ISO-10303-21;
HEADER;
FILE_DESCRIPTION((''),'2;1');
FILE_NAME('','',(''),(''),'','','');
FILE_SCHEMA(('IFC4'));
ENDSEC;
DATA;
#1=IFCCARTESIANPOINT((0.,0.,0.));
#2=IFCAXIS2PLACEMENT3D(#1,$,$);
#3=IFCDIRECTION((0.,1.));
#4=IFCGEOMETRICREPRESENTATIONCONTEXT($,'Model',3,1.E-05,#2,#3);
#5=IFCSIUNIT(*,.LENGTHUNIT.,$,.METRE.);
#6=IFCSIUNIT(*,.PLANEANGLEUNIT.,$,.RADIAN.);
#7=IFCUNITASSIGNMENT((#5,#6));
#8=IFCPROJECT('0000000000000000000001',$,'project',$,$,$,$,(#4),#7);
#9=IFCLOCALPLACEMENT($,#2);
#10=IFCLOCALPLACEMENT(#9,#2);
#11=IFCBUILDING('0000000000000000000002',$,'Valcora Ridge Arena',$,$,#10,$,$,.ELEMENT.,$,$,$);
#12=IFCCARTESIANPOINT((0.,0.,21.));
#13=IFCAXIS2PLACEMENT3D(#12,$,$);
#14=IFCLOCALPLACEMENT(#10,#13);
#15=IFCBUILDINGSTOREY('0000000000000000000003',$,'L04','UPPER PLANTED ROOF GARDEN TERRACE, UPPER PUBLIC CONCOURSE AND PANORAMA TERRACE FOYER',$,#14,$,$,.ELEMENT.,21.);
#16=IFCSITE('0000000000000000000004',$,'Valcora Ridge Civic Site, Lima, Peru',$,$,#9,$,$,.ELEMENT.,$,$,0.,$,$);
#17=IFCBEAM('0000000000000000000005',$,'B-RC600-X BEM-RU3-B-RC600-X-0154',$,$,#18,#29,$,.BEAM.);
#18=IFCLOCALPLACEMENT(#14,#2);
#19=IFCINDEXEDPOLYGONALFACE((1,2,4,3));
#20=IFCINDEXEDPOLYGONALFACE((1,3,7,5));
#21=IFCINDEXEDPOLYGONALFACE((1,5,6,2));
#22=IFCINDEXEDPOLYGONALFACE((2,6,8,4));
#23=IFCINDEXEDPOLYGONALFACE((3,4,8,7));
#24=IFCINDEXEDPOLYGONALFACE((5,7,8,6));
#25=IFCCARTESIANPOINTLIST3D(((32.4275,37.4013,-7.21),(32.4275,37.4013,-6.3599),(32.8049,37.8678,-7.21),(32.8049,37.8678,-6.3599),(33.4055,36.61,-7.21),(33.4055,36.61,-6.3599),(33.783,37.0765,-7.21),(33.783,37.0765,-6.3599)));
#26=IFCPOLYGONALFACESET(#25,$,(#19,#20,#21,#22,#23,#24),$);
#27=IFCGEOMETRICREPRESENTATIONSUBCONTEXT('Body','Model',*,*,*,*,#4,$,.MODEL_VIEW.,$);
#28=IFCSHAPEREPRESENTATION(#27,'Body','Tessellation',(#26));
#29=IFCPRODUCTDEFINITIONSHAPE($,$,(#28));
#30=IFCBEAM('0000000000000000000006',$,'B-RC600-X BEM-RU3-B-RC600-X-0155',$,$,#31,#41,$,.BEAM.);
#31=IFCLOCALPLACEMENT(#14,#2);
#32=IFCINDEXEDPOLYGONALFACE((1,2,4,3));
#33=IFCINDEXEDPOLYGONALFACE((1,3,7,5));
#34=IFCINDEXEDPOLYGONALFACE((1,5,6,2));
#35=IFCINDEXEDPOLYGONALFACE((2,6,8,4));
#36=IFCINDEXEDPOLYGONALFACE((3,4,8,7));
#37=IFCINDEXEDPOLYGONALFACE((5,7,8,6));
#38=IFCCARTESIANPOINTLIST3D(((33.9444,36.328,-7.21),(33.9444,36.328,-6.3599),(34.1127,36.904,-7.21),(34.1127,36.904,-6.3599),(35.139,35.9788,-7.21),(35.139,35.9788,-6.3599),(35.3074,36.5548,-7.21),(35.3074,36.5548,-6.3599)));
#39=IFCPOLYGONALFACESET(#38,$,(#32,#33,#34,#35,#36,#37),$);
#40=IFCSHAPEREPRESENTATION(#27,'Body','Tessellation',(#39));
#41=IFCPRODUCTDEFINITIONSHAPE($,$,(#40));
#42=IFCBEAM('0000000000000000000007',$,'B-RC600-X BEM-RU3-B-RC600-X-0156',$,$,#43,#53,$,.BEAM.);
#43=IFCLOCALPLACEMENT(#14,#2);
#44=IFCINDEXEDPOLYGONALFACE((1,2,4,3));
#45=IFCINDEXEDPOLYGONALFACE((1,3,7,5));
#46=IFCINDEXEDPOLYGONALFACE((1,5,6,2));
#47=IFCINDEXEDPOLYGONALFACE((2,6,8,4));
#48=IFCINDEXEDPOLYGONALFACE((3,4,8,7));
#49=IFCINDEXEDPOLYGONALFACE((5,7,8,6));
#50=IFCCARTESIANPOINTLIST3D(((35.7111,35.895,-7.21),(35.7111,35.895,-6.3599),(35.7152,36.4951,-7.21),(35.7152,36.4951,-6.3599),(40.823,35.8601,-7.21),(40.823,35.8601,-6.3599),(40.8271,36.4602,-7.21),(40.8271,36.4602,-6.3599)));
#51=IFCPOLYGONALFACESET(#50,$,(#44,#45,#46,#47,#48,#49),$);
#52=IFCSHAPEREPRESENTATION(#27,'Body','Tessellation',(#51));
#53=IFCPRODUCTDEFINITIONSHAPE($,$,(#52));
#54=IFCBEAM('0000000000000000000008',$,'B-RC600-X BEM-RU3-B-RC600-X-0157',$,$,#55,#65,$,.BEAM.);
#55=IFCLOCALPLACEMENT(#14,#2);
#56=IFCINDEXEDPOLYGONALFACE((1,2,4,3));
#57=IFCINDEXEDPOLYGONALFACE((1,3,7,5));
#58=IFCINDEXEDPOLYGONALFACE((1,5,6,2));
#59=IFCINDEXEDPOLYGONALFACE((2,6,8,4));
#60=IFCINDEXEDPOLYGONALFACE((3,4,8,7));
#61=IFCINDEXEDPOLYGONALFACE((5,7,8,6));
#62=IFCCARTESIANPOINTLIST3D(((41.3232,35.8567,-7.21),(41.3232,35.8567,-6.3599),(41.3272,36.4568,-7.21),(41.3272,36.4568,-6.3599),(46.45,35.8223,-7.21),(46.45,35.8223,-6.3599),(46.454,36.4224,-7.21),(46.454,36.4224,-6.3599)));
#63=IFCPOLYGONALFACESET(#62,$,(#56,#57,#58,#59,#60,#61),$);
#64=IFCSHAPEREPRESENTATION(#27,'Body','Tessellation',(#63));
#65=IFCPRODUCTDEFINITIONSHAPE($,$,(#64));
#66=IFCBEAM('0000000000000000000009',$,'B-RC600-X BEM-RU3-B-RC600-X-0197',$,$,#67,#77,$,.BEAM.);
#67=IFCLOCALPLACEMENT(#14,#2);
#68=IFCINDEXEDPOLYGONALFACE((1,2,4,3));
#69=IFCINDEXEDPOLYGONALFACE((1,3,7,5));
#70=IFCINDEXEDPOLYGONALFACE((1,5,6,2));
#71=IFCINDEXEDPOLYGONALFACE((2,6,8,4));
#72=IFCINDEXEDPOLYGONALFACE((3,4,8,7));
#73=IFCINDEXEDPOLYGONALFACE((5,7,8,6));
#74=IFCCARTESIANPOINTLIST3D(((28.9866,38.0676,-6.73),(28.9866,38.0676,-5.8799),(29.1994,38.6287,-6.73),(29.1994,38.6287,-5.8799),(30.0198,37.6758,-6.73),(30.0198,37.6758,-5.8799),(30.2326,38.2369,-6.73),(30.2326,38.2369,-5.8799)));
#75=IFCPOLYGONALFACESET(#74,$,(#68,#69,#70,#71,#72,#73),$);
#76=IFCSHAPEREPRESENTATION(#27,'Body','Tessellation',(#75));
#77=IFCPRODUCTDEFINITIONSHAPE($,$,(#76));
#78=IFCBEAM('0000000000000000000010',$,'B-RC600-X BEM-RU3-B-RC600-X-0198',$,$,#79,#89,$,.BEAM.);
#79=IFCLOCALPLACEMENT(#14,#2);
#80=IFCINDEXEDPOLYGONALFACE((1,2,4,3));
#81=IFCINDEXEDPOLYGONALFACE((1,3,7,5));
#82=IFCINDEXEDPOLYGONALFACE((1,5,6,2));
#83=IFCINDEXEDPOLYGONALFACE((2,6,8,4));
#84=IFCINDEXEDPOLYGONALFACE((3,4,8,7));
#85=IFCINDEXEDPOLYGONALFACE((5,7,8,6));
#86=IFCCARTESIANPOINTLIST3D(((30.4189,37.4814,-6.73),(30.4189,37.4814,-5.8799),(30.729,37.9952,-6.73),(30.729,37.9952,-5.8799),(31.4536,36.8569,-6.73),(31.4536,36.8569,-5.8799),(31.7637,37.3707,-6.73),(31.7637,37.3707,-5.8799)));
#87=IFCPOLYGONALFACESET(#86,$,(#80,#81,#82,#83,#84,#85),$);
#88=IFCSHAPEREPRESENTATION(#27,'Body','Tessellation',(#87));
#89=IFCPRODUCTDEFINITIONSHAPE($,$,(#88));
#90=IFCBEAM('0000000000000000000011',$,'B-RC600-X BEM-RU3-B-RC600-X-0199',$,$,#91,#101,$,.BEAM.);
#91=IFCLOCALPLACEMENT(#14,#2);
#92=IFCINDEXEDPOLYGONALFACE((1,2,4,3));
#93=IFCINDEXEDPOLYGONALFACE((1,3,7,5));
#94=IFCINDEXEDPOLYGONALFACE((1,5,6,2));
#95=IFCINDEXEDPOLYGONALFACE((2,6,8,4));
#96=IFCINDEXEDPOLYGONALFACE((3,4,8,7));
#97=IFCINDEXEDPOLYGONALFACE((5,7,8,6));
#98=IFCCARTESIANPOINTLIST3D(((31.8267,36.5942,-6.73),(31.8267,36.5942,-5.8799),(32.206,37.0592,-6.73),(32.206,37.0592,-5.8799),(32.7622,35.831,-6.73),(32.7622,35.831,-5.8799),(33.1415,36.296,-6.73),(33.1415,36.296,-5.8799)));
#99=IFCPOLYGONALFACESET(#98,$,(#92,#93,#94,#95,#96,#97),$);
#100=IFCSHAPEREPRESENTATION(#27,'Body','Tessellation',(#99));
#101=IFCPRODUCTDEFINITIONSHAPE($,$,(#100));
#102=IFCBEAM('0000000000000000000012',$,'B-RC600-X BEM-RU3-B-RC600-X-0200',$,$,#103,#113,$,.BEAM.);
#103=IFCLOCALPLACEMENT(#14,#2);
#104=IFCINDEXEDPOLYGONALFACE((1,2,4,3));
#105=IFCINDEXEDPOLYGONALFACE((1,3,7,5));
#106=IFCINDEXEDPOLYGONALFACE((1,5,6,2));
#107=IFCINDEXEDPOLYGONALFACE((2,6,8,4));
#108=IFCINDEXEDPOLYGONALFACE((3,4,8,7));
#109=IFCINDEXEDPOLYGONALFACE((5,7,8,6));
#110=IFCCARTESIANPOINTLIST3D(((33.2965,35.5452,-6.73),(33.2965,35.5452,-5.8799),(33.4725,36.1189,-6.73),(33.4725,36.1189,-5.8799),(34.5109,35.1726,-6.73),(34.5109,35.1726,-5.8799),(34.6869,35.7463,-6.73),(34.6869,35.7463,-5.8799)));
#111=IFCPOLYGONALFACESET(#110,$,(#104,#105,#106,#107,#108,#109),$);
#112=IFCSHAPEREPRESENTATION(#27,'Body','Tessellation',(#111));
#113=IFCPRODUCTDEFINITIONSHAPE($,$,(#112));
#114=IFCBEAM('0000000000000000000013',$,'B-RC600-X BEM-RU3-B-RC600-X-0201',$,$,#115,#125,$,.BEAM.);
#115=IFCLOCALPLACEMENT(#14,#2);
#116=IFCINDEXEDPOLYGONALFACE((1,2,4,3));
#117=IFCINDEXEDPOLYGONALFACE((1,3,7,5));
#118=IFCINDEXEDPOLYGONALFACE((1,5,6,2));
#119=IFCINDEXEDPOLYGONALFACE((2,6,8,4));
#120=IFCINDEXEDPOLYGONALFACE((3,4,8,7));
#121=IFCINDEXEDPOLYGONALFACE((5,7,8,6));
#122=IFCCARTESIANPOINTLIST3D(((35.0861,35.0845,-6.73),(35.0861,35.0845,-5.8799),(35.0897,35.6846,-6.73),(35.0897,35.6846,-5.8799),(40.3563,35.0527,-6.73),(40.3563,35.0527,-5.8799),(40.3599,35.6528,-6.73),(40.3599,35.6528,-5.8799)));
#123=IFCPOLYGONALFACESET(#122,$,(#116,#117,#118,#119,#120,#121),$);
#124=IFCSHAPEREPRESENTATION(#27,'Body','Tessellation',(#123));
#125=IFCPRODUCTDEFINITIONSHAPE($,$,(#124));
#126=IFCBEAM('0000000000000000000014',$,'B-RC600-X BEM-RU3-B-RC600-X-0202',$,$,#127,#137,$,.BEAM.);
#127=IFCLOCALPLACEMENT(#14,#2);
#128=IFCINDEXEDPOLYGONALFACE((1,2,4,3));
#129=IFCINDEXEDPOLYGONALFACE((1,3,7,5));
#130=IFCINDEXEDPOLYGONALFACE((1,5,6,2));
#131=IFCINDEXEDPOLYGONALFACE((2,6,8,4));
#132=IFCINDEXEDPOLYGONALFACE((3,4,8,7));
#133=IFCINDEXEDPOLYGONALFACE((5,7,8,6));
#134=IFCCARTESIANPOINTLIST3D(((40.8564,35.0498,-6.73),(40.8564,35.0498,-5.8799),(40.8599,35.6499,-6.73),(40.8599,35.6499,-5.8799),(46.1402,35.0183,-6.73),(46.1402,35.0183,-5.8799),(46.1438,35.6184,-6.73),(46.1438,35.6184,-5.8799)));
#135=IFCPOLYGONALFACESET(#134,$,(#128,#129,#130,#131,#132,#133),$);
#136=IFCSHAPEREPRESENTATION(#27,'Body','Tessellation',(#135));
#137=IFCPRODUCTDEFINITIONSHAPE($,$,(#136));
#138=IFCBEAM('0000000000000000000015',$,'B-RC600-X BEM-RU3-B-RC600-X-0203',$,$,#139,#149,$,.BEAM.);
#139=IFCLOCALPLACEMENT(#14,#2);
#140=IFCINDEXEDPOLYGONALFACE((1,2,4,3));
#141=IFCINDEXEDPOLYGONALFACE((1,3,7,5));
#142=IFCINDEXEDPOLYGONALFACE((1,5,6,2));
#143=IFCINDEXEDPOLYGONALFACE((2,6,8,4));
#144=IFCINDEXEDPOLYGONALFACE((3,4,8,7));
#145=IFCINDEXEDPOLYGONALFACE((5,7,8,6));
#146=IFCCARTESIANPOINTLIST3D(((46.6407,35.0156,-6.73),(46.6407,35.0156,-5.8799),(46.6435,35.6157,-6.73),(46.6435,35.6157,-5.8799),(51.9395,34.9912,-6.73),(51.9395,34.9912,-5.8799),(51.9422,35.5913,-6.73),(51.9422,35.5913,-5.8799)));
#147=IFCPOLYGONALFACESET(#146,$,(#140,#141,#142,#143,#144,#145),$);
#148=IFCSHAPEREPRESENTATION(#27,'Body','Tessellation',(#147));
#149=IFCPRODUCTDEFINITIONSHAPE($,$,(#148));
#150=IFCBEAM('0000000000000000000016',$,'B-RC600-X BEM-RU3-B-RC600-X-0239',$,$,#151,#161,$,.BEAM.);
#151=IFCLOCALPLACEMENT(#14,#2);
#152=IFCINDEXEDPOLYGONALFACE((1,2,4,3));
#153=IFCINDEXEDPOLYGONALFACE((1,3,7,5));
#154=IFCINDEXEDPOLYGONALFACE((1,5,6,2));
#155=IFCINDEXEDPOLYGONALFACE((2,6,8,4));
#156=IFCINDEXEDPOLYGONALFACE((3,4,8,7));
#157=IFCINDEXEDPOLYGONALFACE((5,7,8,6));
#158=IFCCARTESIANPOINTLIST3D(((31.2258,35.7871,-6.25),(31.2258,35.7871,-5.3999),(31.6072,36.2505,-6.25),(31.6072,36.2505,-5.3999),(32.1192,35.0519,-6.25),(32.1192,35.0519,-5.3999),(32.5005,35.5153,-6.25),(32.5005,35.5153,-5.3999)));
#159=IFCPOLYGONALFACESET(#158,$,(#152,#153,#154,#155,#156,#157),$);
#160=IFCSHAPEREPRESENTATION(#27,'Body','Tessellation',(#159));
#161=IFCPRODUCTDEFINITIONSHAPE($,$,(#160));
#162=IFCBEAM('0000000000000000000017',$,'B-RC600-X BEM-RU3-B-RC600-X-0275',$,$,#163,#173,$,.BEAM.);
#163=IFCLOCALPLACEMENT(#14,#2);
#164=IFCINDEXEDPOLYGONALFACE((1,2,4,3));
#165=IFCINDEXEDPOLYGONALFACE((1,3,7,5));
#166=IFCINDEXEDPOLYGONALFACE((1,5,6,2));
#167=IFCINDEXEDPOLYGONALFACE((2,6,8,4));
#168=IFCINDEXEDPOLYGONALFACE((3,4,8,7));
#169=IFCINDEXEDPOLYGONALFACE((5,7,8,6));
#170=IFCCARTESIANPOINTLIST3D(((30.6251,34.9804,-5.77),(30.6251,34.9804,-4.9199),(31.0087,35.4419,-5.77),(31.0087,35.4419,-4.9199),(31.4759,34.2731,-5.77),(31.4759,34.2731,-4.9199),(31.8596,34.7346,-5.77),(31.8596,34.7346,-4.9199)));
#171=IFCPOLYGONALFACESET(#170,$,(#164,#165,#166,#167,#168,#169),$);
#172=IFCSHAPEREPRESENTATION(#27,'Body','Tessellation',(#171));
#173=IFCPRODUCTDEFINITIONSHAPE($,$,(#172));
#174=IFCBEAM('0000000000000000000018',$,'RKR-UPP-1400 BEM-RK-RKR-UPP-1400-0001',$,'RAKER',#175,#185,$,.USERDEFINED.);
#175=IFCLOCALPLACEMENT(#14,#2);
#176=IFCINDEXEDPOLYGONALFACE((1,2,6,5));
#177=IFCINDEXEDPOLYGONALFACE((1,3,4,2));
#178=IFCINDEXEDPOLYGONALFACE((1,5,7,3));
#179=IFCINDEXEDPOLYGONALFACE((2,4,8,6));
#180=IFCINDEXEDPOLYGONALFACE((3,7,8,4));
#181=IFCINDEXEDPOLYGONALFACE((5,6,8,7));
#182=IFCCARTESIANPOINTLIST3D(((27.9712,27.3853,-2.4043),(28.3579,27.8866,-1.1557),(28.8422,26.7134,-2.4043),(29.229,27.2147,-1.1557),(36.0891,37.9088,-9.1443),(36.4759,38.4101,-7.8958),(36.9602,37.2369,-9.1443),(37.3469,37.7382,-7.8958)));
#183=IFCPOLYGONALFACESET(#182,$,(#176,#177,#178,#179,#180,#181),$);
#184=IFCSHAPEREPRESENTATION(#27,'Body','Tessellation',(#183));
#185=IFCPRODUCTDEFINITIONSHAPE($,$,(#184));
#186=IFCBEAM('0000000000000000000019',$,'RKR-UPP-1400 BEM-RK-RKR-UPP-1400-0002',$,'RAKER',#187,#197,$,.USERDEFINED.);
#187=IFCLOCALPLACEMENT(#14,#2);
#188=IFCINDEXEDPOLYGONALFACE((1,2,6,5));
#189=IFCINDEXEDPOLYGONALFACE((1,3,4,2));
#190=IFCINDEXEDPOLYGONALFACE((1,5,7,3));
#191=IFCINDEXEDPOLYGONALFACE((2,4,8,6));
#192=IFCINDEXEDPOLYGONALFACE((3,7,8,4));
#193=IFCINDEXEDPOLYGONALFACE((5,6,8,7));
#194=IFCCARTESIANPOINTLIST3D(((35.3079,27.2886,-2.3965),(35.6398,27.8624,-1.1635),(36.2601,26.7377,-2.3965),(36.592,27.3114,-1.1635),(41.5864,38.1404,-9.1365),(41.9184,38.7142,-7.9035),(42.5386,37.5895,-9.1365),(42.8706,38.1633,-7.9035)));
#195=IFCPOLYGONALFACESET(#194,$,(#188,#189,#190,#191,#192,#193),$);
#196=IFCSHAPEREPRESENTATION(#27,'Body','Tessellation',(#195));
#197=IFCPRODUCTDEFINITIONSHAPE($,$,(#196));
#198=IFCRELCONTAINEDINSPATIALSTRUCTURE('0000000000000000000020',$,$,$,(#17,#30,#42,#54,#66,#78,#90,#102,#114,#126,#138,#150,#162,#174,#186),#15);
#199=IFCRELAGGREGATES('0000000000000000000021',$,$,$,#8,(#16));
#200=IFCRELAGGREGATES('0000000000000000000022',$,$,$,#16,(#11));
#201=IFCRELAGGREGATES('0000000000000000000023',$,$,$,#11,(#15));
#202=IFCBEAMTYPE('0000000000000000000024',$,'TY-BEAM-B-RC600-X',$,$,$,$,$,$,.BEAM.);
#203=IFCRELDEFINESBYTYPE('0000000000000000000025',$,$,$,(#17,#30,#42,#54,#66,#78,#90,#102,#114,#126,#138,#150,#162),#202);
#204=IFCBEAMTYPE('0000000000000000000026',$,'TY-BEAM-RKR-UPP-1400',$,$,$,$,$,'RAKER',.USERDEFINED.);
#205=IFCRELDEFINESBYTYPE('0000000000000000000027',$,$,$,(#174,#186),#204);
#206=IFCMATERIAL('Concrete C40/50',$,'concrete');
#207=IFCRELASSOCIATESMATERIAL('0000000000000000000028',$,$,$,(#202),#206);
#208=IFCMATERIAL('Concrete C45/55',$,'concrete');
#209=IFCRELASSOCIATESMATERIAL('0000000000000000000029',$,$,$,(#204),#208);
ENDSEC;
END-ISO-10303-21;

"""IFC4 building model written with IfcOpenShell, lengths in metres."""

from ifc_helpers import new_model, si_unit, direction, frame, origin, origin_2d, place, context, subcontext, project, spatial, rectangle, extrude, material, material_profile, profile_set, type_object, element, save


model = new_model("IFC4")

# Units and contexts
model_context = context("Model", 3, precision=1e-05, world=origin(), true_north=direction((0.0, 1.0)))
body_context = subcontext(model_context, "Body", "Model", "MODEL_VIEW")
ifc_project = project(units=[si_unit("LENGTHUNIT", "METRE"), si_unit("PLANEANGLEUNIT", "RADIAN")], contexts=[model_context])

# Site, building, storey
site_placement = place(None, origin())
site = spatial("IfcSite", under=ifc_project, at=site_placement, Name="Valcora Ridge Civic Site, Lima, Peru", CompositionType="ELEMENT", RefElevation=0.0)
building_placement = place(site_placement, origin())
building = spatial("IfcBuilding", under=site, at=building_placement, Name="Valcora Ridge Arena", CompositionType="ELEMENT")
storey_placement = place(building_placement, frame((0.0, 0.0, 21.0)))
storey = spatial("IfcBuildingStorey", under=building, at=storey_placement, Name="L04", Description="UPPER PLANTED ROOF GARDEN TERRACE, UPPER PUBLIC CONCOURSE AND PANORAMA TERRACE FOYER", CompositionType="ELEMENT", Elevation=21.0)

# Beams
ifc_material_1 = material(Name="Concrete C40/50", Category="concrete")
ifc_material_profile_1 = material_profile(ifc_material_1, rectangle(XDim=0.6001, YDim=0.8501, at=origin_2d()), Name="RC 600x850")
ifc_profile_set_1 = profile_set([ifc_material_profile_1], Name="Concrete C40/50")
beam_type_1 = type_object("IfcBeamType", Name="TY-BEAM-B-RC600-X", PredefinedType="BEAM", material=ifc_profile_set_1)
beam_1_placement = place(storey_placement, frame((32.6162, 37.6345, -6.7849), z_axis=(0.77743, -0.628969, 0.0), x_axis=(0.628969, 0.77743, 0.0)))
element("IfcBeam", 1, at=beam_1_placement, inside=storey, type_object=beam_type_1, Name="B-RC600-X BEM-RU3-B-RC600-X-0154", PredefinedType="BEAM", context=body_context, shape_type="SweptSolid", body=[
    extrude(rectangle(XDim=0.6001, YDim=0.8501, at=origin_2d()), origin(), (0.0, 0.0, 1.0), 1.2581),
])
beam_2_placement = place(storey_placement, frame((34.0286, 36.616, -6.7849), z_axis=(0.959848, -0.28052, 0.0), x_axis=(0.28052, 0.959848, 0.0)))
element("IfcBeam", 2, at=beam_2_placement, inside=storey, type_object=beam_type_1, Name="B-RC600-X BEM-RU3-B-RC600-X-0155", PredefinedType="BEAM", context=body_context, shape_type="SweptSolid", body=[
    extrude(rectangle(XDim=0.6001, YDim=0.8501, at=origin_2d()), origin(), (0.0, 0.0, 1.0), 1.2446),
])
beam_3_placement = place(storey_placement, frame((35.7131, 36.1951, -6.7849), z_axis=(0.999977, -0.006829, 0.0), x_axis=(0.006829, 0.999977, 0.0)))
element("IfcBeam", 3, at=beam_3_placement, inside=storey, type_object=beam_type_1, Name="B-RC600-X BEM-RU3-B-RC600-X-0156", PredefinedType="BEAM", context=body_context, shape_type="SweptSolid", body=[
    extrude(rectangle(XDim=0.6001, YDim=0.8501, at=origin_2d()), origin(), (0.0, 0.0, 1.0), 5.1121),
])
beam_4_placement = place(storey_placement, frame((41.3252, 36.1567, -6.7849), z_axis=(0.999977, -0.006714, 0.0), x_axis=(0.006714, 0.999977, 0.0)))
element("IfcBeam", 4, at=beam_4_placement, inside=storey, type_object=beam_type_1, Name="B-RC600-X BEM-RU3-B-RC600-X-0157", PredefinedType="BEAM", context=body_context, shape_type="SweptSolid", body=[
    extrude(rectangle(XDim=0.6001, YDim=0.8501, at=origin_2d()), origin(), (0.0, 0.0, 1.0), 5.127),
])
beam_5_placement = place(storey_placement, frame((29.093, 38.3481, -6.3049), z_axis=(0.935015, -0.354608, 0.0), x_axis=(0.354608, 0.935015, 0.0)))
element("IfcBeam", 5, at=beam_5_placement, inside=storey, type_object=beam_type_1, Name="B-RC600-X BEM-RU3-B-RC600-X-0197", PredefinedType="BEAM", context=body_context, shape_type="SweptSolid", body=[
    extrude(rectangle(XDim=0.6001, YDim=0.8501, at=origin_2d()), origin(), (0.0, 0.0, 1.0), 1.105),
])
beam_6_placement = place(storey_placement, frame((30.574, 37.7383, -6.3049), z_axis=(0.856135, -0.516752, 0.0), x_axis=(0.516752, 0.856135, 0.0)))
element("IfcBeam", 6, at=beam_6_placement, inside=storey, type_object=beam_type_1, Name="B-RC600-X BEM-RU3-B-RC600-X-0198", PredefinedType="BEAM", context=body_context, shape_type="SweptSolid", body=[
    extrude(rectangle(XDim=0.6001, YDim=0.8501, at=origin_2d()), origin(), (0.0, 0.0, 1.0), 1.2085),
])
beam_7_placement = place(storey_placement, frame((32.0164, 36.8267, -6.3049), z_axis=(0.774875, -0.632114, 0.0), x_axis=(0.632114, 0.774875, 0.0)))
element("IfcBeam", 7, at=beam_7_placement, inside=storey, type_object=beam_type_1, Name="B-RC600-X BEM-RU3-B-RC600-X-0199", PredefinedType="BEAM", context=body_context, shape_type="SweptSolid", body=[
    extrude(rectangle(XDim=0.6001, YDim=0.8501, at=origin_2d()), origin(), (0.0, 0.0, 1.0), 1.2073),
])
beam_8_placement = place(storey_placement, frame((33.3845, 35.832, -6.3049), z_axis=(0.95602, -0.293302, 0.0), x_axis=(0.293302, 0.95602, 0.0)))
element("IfcBeam", 8, at=beam_8_placement, inside=storey, type_object=beam_type_1, Name="B-RC600-X BEM-RU3-B-RC600-X-0200", PredefinedType="BEAM", context=body_context, shape_type="SweptSolid", body=[
    extrude(rectangle(XDim=0.6001, YDim=0.8501, at=origin_2d()), origin(), (0.0, 0.0, 1.0), 1.2703),
])
beam_9_placement = place(storey_placement, frame((35.0879, 35.3845, -6.3049), z_axis=(0.999982, -0.006022, 0.0), x_axis=(0.006022, 0.999982, 0.0)))
element("IfcBeam", 9, at=beam_9_placement, inside=storey, type_object=beam_type_1, Name="B-RC600-X BEM-RU3-B-RC600-X-0201", PredefinedType="BEAM", context=body_context, shape_type="SweptSolid", body=[
    extrude(rectangle(XDim=0.6001, YDim=0.8501, at=origin_2d()), origin(), (0.0, 0.0, 1.0), 5.2703),
])
beam_10_placement = place(storey_placement, frame((40.8582, 35.3499, -6.3049), z_axis=(0.999982, -0.00596, 0.0), x_axis=(0.00596, 0.999982, 0.0)))
element("IfcBeam", 10, at=beam_10_placement, inside=storey, type_object=beam_type_1, Name="B-RC600-X BEM-RU3-B-RC600-X-0202", PredefinedType="BEAM", context=body_context, shape_type="SweptSolid", body=[
    extrude(rectangle(XDim=0.6001, YDim=0.8501, at=origin_2d()), origin(), (0.0, 0.0, 1.0), 5.2839),
])
beam_11_placement = place(storey_placement, frame((46.6421, 35.3157, -6.3049), z_axis=(0.999989, -0.004607, 0.0), x_axis=(0.004607, 0.999989, 0.0)))
element("IfcBeam", 11, at=beam_11_placement, inside=storey, type_object=beam_type_1, Name="B-RC600-X BEM-RU3-B-RC600-X-0203", PredefinedType="BEAM", context=body_context, shape_type="SweptSolid", body=[
    extrude(rectangle(XDim=0.6001, YDim=0.8501, at=origin_2d()), origin(), (0.0, 0.0, 1.0), 5.2988),
])
beam_12_placement = place(storey_placement, frame((31.4165, 36.0188, -5.825), z_axis=(0.772168, -0.635419, 0.0), x_axis=(0.635419, 0.772168, 0.0)))
element("IfcBeam", 12, at=beam_12_placement, inside=storey, type_object=beam_type_1, Name="B-RC600-X BEM-RU3-B-RC600-X-0239", PredefinedType="BEAM", context=body_context, shape_type="SweptSolid", body=[
    extrude(rectangle(XDim=0.6001, YDim=0.8501, at=origin_2d()), origin(), (0.0, 0.0, 1.0), 1.157),
])
beam_13_placement = place(storey_placement, frame((30.8169, 35.2112, -5.345), z_axis=(0.768998, -0.639251, 0.0), x_axis=(0.639251, 0.768998, 0.0)))
element("IfcBeam", 13, at=beam_13_placement, inside=storey, type_object=beam_type_1, Name="B-RC600-X BEM-RU3-B-RC600-X-0275", PredefinedType="BEAM", context=body_context, shape_type="SweptSolid", body=[
    extrude(rectangle(XDim=0.6001, YDim=0.8501, at=origin_2d()), origin(), (0.0, 0.0, 1.0), 1.1064),
])
ifc_material_2 = material(Name="Concrete C45/55", Category="concrete")
ifc_material_profile_2 = material_profile(ifc_material_2, rectangle(XDim=1.1001, YDim=1.3999, at=origin_2d()), Name="RC 1100x1400")
ifc_profile_set_2 = profile_set([ifc_material_profile_2], Name="Concrete C45/55")
beam_type_2 = type_object("IfcBeamType", Name="TY-BEAM-RKR-UPP-1400", ElementType="RAKER", PredefinedType="USERDEFINED", material=ifc_profile_set_2)
beam_14_placement = place(storey_placement, frame((36.718, 37.8235, -8.52), z_axis=(-0.544752, -0.706174, 0.452286), x_axis=(0.791788, -0.610796, 0.0)))
element("IfcBeam", 14, at=beam_14_placement, inside=storey, type_object=beam_type_2, Name="RKR-UPP-1400 BEM-RK-RKR-UPP-1400-0001", ObjectType="RAKER", PredefinedType="USERDEFINED", context=body_context, shape_type="SweptSolid", body=[
    extrude(rectangle(XDim=1.1001, YDim=1.3999, at=origin_2d()), origin(), (0.0, 0.0, 1.0), 14.9021),
])
beam_15_placement = place(storey_placement, frame((42.2285, 38.1519, -8.52), z_axis=(-0.441093, -0.762381, 0.47351), x_axis=(0.865567, -0.500794, 0.0)))
element("IfcBeam", 15, at=beam_15_placement, inside=storey, type_object=beam_type_2, Name="RKR-UPP-1400 BEM-RK-RKR-UPP-1400-0002", ObjectType="RAKER", PredefinedType="USERDEFINED", context=body_context, shape_type="SweptSolid", body=[
    extrude(rectangle(XDim=1.1001, YDim=1.3999, at=origin_2d()), origin(), (0.0, 0.0, 1.0), 14.2341),
])

save(model, "model.ifc")
